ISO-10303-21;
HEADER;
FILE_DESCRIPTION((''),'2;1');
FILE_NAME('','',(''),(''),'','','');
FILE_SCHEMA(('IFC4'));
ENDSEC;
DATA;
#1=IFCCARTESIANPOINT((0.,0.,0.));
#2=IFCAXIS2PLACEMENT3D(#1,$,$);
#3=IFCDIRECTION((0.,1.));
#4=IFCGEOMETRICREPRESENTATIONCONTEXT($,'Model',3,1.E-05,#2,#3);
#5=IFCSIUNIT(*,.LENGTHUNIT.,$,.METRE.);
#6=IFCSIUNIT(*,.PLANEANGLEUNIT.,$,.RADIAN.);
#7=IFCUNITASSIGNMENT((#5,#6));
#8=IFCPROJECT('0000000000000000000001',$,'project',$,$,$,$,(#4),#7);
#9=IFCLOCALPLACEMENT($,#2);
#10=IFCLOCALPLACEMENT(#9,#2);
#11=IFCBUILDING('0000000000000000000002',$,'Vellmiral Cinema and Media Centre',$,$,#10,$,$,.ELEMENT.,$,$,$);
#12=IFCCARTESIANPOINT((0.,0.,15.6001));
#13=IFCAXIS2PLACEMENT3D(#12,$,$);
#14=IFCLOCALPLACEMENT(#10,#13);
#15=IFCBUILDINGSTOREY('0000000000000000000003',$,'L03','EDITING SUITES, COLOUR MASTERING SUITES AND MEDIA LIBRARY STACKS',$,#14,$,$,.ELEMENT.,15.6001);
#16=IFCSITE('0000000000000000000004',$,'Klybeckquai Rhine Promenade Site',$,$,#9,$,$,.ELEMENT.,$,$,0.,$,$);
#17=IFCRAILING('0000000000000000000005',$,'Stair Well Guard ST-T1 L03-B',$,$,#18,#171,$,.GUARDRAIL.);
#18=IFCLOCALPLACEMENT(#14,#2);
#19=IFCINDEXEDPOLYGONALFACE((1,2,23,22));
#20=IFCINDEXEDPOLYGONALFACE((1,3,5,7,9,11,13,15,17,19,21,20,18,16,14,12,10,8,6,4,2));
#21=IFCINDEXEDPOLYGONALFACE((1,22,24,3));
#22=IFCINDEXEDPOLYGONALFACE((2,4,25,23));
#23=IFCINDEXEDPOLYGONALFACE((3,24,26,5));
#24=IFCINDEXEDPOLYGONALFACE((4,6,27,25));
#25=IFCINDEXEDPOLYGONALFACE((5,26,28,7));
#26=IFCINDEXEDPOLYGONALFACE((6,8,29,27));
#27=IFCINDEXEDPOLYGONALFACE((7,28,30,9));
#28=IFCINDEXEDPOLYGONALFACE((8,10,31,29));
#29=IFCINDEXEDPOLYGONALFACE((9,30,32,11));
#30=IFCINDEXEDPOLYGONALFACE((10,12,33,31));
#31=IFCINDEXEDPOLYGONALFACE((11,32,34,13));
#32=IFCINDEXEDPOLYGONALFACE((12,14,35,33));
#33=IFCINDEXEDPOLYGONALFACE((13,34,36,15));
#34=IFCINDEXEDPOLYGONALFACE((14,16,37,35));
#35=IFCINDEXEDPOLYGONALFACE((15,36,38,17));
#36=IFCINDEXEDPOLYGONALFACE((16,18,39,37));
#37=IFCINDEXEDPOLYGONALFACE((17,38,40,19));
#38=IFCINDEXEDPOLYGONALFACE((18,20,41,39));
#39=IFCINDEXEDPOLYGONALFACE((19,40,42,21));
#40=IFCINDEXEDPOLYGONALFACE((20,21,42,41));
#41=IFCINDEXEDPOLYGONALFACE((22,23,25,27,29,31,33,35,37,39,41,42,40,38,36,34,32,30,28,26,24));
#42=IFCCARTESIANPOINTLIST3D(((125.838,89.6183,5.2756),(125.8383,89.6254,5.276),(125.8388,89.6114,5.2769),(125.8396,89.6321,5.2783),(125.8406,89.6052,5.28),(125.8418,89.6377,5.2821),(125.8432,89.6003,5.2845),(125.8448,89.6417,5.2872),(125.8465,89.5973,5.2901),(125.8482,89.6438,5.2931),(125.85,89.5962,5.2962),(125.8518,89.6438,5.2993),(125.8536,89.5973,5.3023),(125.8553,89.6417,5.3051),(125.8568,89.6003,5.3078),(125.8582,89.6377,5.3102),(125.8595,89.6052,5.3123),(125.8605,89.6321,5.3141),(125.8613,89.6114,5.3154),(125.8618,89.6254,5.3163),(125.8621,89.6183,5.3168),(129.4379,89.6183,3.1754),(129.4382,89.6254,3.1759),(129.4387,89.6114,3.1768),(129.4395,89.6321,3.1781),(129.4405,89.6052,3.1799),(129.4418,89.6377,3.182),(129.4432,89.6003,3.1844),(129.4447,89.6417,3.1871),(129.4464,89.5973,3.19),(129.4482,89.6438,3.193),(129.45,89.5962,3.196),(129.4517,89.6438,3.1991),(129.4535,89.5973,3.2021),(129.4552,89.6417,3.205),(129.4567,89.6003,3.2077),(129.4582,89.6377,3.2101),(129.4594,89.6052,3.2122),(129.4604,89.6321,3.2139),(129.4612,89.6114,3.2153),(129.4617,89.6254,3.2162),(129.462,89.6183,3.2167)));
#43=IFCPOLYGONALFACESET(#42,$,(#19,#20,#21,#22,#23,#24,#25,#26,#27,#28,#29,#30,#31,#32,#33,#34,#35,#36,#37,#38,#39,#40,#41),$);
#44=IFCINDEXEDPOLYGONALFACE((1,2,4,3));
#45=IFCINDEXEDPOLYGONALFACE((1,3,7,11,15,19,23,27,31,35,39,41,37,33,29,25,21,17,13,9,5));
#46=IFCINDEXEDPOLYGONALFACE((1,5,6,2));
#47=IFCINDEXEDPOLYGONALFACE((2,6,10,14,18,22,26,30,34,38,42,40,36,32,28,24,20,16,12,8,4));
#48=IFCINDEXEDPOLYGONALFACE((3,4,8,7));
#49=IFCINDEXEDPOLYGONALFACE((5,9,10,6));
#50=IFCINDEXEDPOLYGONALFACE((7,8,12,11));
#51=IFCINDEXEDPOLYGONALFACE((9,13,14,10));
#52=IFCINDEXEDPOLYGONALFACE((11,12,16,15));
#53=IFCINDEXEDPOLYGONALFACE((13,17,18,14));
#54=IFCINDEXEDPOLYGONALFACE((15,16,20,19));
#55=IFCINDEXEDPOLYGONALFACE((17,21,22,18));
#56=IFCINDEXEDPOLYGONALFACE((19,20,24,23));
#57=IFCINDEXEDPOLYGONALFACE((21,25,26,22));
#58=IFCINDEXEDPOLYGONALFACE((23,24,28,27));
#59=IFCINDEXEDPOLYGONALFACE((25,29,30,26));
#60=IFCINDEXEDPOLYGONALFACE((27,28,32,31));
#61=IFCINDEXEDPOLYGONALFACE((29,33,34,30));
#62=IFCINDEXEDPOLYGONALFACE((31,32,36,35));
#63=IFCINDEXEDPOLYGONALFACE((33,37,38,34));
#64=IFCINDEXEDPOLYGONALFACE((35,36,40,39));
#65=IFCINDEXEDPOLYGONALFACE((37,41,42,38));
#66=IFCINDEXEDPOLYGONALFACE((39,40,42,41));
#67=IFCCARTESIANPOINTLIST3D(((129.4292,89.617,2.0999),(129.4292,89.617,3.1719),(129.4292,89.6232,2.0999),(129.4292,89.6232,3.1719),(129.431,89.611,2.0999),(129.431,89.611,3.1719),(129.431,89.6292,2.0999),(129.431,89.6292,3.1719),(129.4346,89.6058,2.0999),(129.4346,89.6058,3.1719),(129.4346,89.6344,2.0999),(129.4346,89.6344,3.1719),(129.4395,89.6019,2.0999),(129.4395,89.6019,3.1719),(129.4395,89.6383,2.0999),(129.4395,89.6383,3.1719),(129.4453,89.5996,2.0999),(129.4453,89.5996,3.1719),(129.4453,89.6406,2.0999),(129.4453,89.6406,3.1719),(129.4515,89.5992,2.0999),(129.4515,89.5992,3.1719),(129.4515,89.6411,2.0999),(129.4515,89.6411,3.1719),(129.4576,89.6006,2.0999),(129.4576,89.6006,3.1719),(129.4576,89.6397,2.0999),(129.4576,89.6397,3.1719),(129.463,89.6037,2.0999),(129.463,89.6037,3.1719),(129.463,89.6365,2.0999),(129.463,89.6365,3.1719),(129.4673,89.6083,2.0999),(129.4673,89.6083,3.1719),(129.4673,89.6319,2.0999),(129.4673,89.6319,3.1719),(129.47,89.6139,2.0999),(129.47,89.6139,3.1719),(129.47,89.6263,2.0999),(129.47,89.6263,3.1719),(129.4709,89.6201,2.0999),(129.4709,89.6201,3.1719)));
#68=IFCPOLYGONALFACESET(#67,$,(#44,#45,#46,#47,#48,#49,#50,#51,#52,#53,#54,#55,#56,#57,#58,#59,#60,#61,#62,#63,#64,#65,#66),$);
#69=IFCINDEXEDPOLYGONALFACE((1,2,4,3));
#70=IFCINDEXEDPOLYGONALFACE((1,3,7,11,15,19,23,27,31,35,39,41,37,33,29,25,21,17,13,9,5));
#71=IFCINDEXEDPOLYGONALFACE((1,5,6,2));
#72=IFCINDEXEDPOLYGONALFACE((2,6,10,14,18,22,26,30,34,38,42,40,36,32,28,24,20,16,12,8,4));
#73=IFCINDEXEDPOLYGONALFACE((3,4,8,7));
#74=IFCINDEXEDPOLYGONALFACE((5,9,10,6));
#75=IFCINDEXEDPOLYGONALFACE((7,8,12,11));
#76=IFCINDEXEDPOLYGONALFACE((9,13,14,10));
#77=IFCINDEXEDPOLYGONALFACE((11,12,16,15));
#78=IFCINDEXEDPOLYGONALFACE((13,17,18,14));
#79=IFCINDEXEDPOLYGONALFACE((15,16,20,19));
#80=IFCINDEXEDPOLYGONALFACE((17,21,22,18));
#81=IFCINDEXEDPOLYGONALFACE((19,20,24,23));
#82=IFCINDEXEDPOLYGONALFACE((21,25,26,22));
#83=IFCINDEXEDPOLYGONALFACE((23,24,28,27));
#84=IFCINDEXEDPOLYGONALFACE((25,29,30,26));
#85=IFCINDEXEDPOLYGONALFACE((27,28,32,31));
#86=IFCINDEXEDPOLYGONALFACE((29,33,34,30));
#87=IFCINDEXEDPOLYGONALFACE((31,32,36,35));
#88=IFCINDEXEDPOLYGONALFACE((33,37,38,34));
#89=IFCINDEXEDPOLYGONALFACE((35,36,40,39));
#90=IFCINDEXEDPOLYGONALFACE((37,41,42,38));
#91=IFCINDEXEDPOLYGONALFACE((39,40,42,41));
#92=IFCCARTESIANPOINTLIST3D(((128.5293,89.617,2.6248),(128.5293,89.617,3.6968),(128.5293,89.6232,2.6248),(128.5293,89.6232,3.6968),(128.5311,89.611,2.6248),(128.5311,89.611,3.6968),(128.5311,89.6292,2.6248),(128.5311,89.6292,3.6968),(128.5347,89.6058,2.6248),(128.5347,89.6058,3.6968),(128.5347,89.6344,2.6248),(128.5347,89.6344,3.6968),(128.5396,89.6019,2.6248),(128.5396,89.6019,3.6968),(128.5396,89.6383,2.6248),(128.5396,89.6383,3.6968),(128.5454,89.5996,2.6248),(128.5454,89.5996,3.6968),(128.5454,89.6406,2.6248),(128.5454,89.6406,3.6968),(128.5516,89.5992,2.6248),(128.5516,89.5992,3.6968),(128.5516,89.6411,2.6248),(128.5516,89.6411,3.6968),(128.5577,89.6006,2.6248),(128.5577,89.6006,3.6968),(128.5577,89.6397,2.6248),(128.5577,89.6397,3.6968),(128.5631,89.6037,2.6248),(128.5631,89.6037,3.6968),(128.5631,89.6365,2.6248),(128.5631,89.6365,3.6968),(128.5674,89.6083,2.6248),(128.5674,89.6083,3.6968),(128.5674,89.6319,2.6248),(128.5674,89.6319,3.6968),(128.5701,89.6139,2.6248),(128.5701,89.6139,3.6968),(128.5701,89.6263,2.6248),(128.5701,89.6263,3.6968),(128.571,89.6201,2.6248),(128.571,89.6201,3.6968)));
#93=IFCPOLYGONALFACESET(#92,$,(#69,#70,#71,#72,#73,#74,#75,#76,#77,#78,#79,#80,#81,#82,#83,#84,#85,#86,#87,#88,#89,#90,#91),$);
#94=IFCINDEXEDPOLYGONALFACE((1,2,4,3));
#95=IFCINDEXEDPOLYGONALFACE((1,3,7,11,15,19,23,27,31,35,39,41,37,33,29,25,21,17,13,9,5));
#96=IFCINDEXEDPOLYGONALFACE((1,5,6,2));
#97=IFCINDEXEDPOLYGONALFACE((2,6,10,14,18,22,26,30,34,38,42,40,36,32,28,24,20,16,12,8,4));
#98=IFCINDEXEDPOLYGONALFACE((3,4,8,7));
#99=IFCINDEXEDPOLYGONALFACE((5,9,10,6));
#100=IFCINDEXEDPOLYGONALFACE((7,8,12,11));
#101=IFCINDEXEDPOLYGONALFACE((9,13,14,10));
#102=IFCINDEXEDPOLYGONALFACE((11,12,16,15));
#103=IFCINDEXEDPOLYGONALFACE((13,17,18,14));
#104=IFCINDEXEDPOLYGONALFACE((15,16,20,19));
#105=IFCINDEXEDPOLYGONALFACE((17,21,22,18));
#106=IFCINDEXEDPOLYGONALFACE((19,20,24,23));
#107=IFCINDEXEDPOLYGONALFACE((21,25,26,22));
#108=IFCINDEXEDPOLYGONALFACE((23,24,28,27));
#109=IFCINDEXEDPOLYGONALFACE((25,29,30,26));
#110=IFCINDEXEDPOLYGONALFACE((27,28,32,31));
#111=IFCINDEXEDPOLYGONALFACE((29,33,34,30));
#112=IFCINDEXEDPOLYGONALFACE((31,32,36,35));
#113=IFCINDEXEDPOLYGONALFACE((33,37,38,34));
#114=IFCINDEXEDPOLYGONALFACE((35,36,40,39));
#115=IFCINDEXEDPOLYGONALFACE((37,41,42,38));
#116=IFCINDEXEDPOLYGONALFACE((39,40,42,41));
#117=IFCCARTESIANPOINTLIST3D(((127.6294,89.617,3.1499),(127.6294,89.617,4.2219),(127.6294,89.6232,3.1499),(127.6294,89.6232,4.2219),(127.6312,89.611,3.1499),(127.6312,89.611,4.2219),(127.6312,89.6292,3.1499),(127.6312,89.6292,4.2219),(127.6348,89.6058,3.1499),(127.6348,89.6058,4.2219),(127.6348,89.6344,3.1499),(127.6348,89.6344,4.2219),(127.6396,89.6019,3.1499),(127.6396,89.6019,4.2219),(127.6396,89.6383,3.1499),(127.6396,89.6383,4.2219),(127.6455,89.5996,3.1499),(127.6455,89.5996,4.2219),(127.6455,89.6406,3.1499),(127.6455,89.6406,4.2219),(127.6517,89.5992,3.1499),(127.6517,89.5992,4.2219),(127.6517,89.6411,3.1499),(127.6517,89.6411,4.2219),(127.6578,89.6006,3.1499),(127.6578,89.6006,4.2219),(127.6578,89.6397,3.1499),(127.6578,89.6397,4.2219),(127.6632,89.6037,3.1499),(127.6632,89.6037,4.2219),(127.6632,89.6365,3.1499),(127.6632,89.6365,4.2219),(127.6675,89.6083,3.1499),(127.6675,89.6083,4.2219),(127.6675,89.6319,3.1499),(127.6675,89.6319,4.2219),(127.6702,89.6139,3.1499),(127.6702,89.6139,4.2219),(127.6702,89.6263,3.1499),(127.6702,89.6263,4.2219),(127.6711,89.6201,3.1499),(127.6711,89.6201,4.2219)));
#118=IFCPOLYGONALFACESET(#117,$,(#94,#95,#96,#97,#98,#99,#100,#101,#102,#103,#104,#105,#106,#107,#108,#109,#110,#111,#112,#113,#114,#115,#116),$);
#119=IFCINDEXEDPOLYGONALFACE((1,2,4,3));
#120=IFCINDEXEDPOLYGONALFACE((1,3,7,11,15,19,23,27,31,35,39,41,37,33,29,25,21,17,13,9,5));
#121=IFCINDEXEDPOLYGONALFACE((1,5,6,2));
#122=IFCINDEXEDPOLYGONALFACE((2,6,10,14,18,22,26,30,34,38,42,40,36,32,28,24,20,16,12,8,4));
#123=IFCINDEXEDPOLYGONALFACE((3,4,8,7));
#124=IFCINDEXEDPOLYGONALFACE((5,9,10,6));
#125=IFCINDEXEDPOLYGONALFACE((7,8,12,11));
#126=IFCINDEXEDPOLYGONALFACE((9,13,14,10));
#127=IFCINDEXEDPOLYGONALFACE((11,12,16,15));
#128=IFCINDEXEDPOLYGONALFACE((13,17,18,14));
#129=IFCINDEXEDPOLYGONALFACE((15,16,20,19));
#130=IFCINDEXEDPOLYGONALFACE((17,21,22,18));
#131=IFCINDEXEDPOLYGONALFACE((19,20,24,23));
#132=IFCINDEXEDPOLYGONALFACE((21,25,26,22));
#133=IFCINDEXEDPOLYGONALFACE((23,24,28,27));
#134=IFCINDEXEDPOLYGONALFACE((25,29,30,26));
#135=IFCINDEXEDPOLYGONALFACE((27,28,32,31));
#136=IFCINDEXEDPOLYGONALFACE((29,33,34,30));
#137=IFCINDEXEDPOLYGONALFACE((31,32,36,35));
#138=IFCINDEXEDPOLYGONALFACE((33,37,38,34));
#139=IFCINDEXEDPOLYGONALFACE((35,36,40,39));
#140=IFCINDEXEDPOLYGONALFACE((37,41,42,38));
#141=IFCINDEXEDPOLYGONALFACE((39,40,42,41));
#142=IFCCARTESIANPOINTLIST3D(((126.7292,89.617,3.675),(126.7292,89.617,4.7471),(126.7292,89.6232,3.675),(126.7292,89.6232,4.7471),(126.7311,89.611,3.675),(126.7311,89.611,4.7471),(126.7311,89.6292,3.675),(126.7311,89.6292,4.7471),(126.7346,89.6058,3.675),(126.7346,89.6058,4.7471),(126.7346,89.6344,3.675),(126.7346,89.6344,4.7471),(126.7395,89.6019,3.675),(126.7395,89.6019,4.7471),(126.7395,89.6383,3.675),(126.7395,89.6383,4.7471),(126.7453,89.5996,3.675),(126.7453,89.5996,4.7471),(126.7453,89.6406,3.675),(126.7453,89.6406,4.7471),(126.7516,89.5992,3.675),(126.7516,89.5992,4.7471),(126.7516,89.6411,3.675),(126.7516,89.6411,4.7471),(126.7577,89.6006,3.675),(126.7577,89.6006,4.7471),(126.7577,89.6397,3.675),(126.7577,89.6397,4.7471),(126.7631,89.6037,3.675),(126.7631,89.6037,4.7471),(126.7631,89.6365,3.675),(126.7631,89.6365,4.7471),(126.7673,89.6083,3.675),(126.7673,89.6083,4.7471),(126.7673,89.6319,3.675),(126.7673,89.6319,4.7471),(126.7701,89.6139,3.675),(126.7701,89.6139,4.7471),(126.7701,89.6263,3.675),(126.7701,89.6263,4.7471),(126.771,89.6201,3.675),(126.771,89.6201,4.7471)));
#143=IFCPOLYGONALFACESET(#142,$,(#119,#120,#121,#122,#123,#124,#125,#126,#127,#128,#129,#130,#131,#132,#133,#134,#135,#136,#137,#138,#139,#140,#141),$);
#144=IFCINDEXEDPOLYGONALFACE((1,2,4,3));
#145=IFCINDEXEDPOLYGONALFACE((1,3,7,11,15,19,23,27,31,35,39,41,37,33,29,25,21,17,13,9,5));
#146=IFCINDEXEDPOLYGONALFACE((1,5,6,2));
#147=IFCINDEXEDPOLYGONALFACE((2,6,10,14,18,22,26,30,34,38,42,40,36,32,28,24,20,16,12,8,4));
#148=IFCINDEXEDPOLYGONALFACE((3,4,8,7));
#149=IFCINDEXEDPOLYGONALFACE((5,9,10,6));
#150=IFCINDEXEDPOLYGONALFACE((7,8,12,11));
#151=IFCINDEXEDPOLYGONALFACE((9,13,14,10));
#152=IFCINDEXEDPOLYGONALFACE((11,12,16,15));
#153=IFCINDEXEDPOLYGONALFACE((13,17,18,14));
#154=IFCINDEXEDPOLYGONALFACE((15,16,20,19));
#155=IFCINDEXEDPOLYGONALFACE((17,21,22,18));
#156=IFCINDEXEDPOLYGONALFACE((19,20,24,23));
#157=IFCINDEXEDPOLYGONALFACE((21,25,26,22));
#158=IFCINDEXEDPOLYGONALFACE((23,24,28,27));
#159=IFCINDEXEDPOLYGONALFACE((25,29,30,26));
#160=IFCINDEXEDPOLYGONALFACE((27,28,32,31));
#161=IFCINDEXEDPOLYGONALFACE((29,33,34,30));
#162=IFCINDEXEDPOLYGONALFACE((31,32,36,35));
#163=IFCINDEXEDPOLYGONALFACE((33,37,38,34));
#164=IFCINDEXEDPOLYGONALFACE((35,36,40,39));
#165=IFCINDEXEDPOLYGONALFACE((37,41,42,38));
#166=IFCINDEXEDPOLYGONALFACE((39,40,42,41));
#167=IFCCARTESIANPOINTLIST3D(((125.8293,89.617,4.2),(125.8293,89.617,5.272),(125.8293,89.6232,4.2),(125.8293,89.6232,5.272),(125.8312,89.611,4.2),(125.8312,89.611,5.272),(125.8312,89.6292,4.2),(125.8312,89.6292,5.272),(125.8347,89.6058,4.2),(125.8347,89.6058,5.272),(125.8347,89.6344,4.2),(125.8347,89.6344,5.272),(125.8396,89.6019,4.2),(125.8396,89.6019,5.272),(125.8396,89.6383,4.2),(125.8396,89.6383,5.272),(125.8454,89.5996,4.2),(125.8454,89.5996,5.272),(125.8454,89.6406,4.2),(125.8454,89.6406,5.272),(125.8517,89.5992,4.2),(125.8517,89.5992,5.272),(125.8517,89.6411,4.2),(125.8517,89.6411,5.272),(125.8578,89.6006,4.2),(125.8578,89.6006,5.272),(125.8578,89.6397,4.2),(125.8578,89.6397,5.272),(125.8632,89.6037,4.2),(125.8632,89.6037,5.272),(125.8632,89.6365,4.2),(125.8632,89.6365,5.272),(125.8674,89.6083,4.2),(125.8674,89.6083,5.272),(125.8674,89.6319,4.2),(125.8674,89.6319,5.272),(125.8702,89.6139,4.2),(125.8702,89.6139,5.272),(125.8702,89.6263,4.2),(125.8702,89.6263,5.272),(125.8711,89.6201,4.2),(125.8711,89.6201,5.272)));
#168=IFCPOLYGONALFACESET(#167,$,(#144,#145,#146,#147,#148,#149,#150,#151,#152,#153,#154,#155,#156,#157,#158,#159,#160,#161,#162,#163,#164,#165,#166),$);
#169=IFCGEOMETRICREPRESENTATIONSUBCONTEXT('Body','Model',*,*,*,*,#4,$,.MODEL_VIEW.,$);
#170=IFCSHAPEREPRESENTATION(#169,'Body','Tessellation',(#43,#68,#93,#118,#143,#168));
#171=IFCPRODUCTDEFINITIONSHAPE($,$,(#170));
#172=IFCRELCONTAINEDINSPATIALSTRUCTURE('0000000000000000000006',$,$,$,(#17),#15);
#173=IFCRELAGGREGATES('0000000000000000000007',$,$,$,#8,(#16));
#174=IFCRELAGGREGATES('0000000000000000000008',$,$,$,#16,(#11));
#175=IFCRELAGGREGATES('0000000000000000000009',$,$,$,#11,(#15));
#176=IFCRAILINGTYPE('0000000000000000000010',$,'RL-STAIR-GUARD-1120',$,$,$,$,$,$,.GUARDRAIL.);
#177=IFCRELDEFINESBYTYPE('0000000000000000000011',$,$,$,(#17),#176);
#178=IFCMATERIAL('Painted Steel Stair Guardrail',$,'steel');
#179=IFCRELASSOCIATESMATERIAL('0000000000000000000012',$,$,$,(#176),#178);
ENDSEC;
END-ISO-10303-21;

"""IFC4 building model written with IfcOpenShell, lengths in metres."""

from ifc_helpers import new_model, si_unit, direction, frame, origin, origin_2d, place, context, subcontext, project, spatial, circle, extrude, material, type_object, element, save


model = new_model("IFC4")

# Units and contexts
model_context = context("Model", 3, precision=1e-05, world=origin(), true_north=direction((0.0, 1.0)))
body_context = subcontext(model_context, "Body", "Model", "MODEL_VIEW")
ifc_project = project(units=[si_unit("LENGTHUNIT", "METRE"), si_unit("PLANEANGLEUNIT", "RADIAN")], contexts=[model_context])

# Site, building, storey
site_placement = place(None, origin())
site = spatial("IfcSite", under=ifc_project, at=site_placement, Name="Klybeckquai Rhine Promenade Site", CompositionType="ELEMENT", RefElevation=0.0)
building_placement = place(site_placement, origin())
building = spatial("IfcBuilding", under=site, at=building_placement, Name="Vellmiral Cinema and Media Centre", CompositionType="ELEMENT")
storey_placement = place(building_placement, frame((0.0, 0.0, 15.6001)))
storey = spatial("IfcBuildingStorey", under=building, at=storey_placement, Name="L03", Description="EDITING SUITES, COLOUR MASTERING SUITES AND MEDIA LIBRARY STACKS", CompositionType="ELEMENT", Elevation=15.6001)

# Railing
ifc_material_1 = material(Name="Painted Steel Stair Guardrail", Category="steel")
railing_type_1 = type_object("IfcRailingType", Name="RL-STAIR-GUARD-1120", PredefinedType="GUARDRAIL", material=ifc_material_1)
railing_1_placement = place(storey_placement, frame((129.45, 89.6201, 2.0999)))
element("IfcRailing", 1, at=railing_1_placement, inside=storey, type_object=railing_type_1, Name="Stair Well Guard ST-T1 L03-B", PredefinedType="GUARDRAIL", context=body_context, shape_type="SweptSolid", body=[
    extrude(circle(Radius=0.0239, at=origin_2d()), frame((0.0, 0.0, 1.0962), z_axis=(-0.86376, 0.0, 0.503904), x_axis=(0.0, -1.0, 0.0)), (0.0, 0.0, 1.0), 4.1677),
    extrude(circle(Radius=0.021, at=origin_2d()), origin(), (0.0, 0.0, 1.0), 1.072),
    extrude(circle(Radius=0.021, at=origin_2d()), frame((-0.8999, 0.0, 0.5249)), (0.0, 0.0, 1.0), 1.072),
    extrude(circle(Radius=0.021, at=origin_2d()), frame((-1.7998, 0.0, 1.05)), (0.0, 0.0, 1.0), 1.072),
    extrude(circle(Radius=0.021, at=origin_2d()), frame((-2.7, 0.0, 1.5752)), (0.0, 0.0, 1.0), 1.072),
    extrude(circle(Radius=0.021, at=origin_2d()), frame((-3.5999, 0.0, 2.1001)), (0.0, 0.0, 1.0), 1.072),
])

save(model, "model.ifc")
